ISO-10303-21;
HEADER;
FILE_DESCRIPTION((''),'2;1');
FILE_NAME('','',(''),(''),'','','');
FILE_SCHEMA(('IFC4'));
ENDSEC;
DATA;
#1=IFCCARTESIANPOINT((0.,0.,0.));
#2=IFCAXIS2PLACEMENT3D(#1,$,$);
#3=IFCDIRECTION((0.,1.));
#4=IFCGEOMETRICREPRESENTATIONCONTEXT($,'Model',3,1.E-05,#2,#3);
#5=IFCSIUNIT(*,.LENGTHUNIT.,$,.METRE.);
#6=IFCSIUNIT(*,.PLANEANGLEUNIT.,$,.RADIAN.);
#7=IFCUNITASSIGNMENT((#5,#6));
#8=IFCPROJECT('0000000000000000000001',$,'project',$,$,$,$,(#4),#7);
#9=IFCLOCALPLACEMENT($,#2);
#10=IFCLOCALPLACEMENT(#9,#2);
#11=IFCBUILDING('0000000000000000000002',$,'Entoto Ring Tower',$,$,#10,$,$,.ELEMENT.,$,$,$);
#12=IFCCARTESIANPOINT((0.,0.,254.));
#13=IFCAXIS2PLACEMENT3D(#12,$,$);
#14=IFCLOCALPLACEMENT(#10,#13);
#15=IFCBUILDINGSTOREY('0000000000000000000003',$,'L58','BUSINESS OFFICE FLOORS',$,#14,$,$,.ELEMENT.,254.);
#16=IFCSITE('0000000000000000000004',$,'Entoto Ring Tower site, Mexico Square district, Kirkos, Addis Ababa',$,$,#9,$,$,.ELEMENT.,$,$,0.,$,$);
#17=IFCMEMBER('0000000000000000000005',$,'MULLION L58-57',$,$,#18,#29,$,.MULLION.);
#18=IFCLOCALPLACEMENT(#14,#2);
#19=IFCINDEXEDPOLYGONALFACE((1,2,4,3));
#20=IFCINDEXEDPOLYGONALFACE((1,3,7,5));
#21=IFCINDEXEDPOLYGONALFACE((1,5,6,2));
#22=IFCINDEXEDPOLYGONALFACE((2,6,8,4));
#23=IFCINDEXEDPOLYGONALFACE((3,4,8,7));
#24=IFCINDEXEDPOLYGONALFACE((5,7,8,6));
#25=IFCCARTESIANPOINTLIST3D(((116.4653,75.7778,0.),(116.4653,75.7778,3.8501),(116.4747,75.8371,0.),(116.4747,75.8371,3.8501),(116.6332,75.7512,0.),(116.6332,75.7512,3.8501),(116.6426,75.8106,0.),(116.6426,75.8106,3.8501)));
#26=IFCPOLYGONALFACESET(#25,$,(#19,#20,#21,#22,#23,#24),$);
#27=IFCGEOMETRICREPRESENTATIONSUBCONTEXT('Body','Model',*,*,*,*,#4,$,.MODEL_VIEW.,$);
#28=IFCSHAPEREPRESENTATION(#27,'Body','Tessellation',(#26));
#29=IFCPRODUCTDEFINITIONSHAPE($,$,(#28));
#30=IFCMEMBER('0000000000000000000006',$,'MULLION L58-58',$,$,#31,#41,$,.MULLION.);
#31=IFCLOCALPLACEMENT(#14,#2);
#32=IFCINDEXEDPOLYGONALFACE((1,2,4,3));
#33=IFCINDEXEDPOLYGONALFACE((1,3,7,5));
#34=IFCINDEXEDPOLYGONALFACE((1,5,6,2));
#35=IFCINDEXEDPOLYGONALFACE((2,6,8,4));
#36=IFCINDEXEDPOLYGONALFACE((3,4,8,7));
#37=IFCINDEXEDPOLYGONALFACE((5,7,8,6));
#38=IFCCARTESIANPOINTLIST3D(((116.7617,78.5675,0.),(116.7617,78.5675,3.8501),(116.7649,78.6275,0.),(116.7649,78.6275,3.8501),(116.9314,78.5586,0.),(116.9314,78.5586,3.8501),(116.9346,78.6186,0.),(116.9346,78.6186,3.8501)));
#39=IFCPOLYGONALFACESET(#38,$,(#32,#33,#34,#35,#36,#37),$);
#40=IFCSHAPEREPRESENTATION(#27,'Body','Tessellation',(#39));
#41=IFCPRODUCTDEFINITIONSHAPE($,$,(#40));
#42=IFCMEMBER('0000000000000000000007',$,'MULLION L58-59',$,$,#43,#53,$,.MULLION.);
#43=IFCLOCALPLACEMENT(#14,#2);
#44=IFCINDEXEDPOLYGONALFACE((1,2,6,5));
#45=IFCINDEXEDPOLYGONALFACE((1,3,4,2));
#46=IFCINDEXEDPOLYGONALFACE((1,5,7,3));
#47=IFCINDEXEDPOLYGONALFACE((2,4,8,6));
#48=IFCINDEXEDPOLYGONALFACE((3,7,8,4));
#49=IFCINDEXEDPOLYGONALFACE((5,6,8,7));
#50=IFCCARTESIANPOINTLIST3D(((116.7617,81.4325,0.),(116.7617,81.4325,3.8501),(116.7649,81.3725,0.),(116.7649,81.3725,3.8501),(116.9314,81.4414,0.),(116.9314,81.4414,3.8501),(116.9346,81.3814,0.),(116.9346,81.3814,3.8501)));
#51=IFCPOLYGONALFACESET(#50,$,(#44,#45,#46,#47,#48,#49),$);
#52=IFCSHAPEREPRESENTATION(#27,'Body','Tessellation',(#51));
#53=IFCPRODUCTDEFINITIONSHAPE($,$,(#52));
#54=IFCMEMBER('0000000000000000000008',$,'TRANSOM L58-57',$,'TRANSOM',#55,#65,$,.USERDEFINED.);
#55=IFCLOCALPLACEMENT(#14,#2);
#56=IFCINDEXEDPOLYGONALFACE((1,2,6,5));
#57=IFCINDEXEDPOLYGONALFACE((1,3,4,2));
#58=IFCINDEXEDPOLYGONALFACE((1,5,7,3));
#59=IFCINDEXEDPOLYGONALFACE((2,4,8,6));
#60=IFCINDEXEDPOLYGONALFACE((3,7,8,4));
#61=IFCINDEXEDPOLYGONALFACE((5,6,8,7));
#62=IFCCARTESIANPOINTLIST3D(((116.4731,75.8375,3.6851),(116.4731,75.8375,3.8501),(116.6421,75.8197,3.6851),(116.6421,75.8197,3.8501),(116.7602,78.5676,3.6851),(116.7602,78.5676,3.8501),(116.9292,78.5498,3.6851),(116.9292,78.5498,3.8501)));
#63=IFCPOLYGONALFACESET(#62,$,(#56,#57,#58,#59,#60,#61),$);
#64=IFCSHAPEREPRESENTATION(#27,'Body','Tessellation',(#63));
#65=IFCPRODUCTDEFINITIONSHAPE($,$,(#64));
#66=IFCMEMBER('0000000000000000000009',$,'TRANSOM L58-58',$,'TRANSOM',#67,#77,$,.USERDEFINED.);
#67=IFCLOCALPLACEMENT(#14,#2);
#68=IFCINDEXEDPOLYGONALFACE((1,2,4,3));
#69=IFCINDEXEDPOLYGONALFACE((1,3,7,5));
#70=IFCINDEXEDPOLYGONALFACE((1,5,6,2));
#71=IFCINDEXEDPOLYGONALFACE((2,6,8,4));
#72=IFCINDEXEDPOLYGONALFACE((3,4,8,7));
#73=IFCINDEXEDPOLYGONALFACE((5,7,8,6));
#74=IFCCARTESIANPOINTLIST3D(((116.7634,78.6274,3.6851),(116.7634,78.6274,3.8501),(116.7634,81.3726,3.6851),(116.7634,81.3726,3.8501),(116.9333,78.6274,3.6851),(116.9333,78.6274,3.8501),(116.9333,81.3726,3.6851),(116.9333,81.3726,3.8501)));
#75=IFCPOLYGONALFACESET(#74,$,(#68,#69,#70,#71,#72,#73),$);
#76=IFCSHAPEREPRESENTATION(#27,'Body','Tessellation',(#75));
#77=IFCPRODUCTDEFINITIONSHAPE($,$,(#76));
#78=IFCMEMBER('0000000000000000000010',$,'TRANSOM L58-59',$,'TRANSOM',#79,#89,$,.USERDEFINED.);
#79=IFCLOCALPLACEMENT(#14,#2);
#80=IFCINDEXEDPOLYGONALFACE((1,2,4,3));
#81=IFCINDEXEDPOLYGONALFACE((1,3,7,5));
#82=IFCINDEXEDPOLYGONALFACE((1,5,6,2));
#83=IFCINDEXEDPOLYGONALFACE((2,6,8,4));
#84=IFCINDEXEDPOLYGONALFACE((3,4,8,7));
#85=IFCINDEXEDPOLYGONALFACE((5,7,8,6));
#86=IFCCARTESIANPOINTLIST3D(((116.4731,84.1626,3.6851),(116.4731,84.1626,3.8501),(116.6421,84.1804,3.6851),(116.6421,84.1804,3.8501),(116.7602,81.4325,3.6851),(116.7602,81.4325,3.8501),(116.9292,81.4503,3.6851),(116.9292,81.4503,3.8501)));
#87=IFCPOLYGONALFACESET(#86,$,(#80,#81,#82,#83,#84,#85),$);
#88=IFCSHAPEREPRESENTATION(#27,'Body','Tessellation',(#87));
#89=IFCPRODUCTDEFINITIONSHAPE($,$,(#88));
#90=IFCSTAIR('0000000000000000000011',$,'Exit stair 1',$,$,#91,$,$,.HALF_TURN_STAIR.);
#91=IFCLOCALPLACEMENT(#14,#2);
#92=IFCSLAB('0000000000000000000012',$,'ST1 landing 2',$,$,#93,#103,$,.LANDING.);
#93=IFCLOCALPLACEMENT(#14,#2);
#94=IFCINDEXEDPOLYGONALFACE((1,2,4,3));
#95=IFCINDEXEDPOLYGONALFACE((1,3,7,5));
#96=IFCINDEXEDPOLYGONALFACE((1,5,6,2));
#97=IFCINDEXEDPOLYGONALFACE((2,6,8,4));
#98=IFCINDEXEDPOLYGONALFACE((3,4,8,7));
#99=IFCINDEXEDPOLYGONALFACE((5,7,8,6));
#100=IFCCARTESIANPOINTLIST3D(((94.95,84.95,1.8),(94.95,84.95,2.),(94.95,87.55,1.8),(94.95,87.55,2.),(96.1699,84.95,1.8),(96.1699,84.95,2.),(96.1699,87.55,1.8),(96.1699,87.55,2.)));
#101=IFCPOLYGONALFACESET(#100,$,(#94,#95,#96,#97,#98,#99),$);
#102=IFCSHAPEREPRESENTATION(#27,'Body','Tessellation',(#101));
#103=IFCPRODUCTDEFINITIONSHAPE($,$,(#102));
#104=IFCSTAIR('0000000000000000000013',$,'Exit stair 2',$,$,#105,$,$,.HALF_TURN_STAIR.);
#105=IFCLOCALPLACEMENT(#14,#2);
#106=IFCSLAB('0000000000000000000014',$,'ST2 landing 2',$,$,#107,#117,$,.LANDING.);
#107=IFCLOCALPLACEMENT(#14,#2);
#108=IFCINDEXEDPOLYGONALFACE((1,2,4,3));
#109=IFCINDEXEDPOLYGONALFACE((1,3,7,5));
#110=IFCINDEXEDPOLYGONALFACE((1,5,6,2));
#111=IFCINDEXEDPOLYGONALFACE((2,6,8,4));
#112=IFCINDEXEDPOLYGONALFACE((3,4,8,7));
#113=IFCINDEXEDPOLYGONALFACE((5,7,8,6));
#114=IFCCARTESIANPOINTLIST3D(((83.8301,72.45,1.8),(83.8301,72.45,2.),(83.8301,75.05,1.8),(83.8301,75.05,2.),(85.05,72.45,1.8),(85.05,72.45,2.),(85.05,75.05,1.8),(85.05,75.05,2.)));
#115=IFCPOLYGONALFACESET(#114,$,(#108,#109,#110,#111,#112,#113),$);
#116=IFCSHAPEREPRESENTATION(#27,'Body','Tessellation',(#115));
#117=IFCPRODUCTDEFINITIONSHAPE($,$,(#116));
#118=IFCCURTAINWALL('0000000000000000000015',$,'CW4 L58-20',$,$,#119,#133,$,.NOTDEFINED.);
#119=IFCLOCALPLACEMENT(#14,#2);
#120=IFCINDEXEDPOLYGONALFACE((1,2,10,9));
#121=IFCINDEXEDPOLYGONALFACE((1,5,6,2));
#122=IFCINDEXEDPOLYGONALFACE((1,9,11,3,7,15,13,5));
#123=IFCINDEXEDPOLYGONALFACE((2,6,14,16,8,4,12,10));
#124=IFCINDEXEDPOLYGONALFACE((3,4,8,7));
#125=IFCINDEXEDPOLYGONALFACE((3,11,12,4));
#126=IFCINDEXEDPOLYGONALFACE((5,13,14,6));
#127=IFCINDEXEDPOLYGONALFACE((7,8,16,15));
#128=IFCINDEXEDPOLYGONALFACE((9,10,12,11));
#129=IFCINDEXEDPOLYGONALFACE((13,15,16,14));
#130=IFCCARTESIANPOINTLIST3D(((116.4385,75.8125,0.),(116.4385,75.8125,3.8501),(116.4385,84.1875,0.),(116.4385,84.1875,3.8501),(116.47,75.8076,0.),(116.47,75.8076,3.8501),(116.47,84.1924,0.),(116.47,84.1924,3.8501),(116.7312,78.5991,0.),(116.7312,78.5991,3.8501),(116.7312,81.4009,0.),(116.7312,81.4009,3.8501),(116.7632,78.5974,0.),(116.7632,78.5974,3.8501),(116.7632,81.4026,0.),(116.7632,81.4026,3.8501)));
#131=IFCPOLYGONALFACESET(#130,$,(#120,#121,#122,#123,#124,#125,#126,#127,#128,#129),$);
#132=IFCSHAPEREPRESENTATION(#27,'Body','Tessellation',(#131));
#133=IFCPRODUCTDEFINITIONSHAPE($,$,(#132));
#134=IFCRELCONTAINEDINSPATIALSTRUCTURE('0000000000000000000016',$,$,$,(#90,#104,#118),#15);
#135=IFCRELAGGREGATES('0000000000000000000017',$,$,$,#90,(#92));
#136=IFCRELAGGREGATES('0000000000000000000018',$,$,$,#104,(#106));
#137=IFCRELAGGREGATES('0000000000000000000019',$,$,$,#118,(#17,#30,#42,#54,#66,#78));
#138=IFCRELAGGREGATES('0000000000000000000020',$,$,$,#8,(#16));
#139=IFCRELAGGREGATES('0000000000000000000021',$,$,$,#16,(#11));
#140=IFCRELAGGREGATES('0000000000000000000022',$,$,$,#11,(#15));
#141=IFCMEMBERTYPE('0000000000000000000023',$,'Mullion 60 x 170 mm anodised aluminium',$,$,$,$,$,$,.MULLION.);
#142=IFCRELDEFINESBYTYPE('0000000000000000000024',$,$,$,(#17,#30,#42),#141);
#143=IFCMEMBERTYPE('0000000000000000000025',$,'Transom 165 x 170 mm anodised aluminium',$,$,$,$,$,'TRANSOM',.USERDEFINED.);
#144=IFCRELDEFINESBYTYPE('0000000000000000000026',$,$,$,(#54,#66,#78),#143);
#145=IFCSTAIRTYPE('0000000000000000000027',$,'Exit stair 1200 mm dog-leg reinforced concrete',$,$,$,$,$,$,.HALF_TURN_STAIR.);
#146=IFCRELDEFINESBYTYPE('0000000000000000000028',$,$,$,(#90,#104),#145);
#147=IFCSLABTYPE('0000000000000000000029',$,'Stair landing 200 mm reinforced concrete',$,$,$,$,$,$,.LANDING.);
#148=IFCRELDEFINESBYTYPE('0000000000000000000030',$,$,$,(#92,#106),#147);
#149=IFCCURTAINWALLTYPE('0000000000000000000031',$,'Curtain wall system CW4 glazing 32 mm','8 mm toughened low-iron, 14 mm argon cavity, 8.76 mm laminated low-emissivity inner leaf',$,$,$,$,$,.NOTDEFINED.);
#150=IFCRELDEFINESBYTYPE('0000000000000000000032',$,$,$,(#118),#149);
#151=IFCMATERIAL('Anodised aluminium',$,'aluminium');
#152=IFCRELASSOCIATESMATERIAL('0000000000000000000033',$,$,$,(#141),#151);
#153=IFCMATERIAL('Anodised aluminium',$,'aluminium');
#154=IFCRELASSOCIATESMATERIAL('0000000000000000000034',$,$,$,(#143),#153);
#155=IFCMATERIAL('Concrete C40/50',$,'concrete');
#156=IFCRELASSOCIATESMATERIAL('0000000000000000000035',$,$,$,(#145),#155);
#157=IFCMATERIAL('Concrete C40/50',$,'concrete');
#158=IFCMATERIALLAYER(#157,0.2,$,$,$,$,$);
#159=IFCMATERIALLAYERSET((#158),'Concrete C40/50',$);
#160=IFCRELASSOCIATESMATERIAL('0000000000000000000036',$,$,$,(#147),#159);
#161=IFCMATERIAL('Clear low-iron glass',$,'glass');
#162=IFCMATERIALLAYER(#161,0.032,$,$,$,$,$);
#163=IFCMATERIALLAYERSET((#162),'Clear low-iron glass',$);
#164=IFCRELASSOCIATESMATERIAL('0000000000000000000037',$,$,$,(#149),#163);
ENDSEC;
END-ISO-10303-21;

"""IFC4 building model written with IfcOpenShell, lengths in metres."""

from ifc_helpers import new_model, si_unit, direction, frame, origin, origin_2d, place, context, subcontext, project, spatial, polyline, rectangle, outline, extrude, material, layer, layer_set, material_profile, profile_set, type_object, element, aggregate, save


model = new_model("IFC4")

# Units and contexts
model_context = context("Model", 3, precision=1e-05, world=origin(), true_north=direction((0.0, 1.0)))
body_context = subcontext(model_context, "Body", "Model", "MODEL_VIEW")
ifc_project = project(units=[si_unit("LENGTHUNIT", "METRE"), si_unit("PLANEANGLEUNIT", "RADIAN")], contexts=[model_context])

# Members
ifc_material_1 = material(Name="Anodised aluminium", Category="aluminium")
ifc_material_profile_1 = material_profile(ifc_material_1, rectangle(XDim=0.0601, YDim=0.1699, at=origin_2d()), Name="Mullion 60 x 170 mm anodised aluminium")
ifc_profile_set_1 = profile_set([ifc_material_profile_1], Name="Anodised aluminium")
member_type_1 = type_object("IfcMemberType", Name="Mullion 60 x 170 mm anodised aluminium", PredefinedType="MULLION", material=ifc_profile_set_1)
site_placement = place(None, origin())
building_placement = place(site_placement, origin())
storey_placement = place(building_placement, frame((0.0, 0.0, 254.0)))
member_1_placement = place(storey_placement, frame((116.554, 75.7942, 0.0), z_axis=(0.0, 0.0, 1.0), x_axis=(0.156434, 0.987688, 0.0)))
member_1 = element("IfcMember", 1, at=member_1_placement, type_object=member_type_1, Name="MULLION L58-57", PredefinedType="MULLION", context=body_context, shape_type="SweptSolid", body=[
    extrude(rectangle(XDim=0.0601, YDim=0.1699, at=origin_2d()), origin(), (0.0, 0.0, 1.0), 3.8501),
])
member_2_placement = place(storey_placement, frame((116.8481, 78.593, 0.0), z_axis=(0.0, 0.0, 1.0), x_axis=(0.052336, 0.99863, 0.0)))
member_2 = element("IfcMember", 2, at=member_2_placement, type_object=member_type_1, Name="MULLION L58-58", PredefinedType="MULLION", context=body_context, shape_type="SweptSolid", body=[
    extrude(rectangle(XDim=0.0601, YDim=0.1699, at=origin_2d()), origin(), (0.0, 0.0, 1.0), 3.8501),
])
member_3_placement = place(storey_placement, frame((116.8481, 81.407, 0.0), z_axis=(0.0, 0.0, 1.0), x_axis=(-0.052336, 0.99863, 0.0)))
member_3 = element("IfcMember", 3, at=member_3_placement, type_object=member_type_1, Name="MULLION L58-59", PredefinedType="MULLION", context=body_context, shape_type="SweptSolid", body=[
    extrude(rectangle(XDim=0.0601, YDim=0.1699, at=origin_2d()), origin(), (0.0, 0.0, 1.0), 3.8501),
])
ifc_material_2 = material(Name="Anodised aluminium", Category="aluminium")
ifc_material_profile_2 = material_profile(ifc_material_2, rectangle(XDim=0.1699, YDim=0.165, at=origin_2d()), Name="Transom 165 x 170 mm anodised aluminium")
ifc_profile_set_2 = profile_set([ifc_material_profile_2], Name="Anodised aluminium")
member_type_2 = type_object("IfcMemberType", Name="Transom 165 x 170 mm anodised aluminium", ElementType="TRANSOM", PredefinedType="USERDEFINED", material=ifc_profile_set_2)
member_4_placement = place(storey_placement, frame((116.5576, 75.8286, 3.7676), z_axis=(0.104592, 0.994515, 0.0), x_axis=(-0.994515, 0.104592, 0.0)))
member_4 = element("IfcMember", 4, at=member_4_placement, type_object=member_type_2, Name="TRANSOM L58-57", ObjectType="TRANSOM", PredefinedType="USERDEFINED", context=body_context, shape_type="SweptSolid", body=[
    extrude(rectangle(XDim=0.1699, YDim=0.165, at=origin_2d()), origin(), (0.0, 0.0, 1.0), 2.7451),
])
member_5_placement = place(storey_placement, frame((116.8484, 78.6274, 3.7676), z_axis=(0.0, 1.0, 0.0), x_axis=(-1.0, 0.0, 0.0)))
member_5 = element("IfcMember", 5, at=member_5_placement, type_object=member_type_2, Name="TRANSOM L58-58", ObjectType="TRANSOM", PredefinedType="USERDEFINED", context=body_context, shape_type="SweptSolid", body=[
    extrude(rectangle(XDim=0.1699, YDim=0.165, at=origin_2d()), origin(), (0.0, 0.0, 1.0), 2.7451),
])
member_6_placement = place(storey_placement, frame((116.8447, 81.4414, 3.7676), z_axis=(-0.104592, 0.994515, 0.0), x_axis=(-0.994515, -0.104592, 0.0)))
member_6 = element("IfcMember", 6, at=member_6_placement, type_object=member_type_2, Name="TRANSOM L58-59", ObjectType="TRANSOM", PredefinedType="USERDEFINED", context=body_context, shape_type="SweptSolid", body=[
    extrude(rectangle(XDim=0.1699, YDim=0.165, at=origin_2d()), origin(), (0.0, 0.0, 1.0), 2.7451),
])

# Site, building, storey
site = spatial("IfcSite", under=ifc_project, at=site_placement, Name="Entoto Ring Tower site, Mexico Square district, Kirkos, Addis Ababa", CompositionType="ELEMENT", RefElevation=0.0)
building = spatial("IfcBuilding", under=site, at=building_placement, Name="Entoto Ring Tower", CompositionType="ELEMENT")
storey = spatial("IfcBuildingStorey", under=building, at=storey_placement, Name="L58", Description="BUSINESS OFFICE FLOORS", CompositionType="ELEMENT", Elevation=254.0)

# Stairs, slabs
ifc_material_3 = material(Name="Concrete C40/50", Category="concrete")
stair_type = type_object("IfcStairType", Name="Exit stair 1200 mm dog-leg reinforced concrete", PredefinedType="HALF_TURN_STAIR", material=ifc_material_3)
stair_1_placement = place(storey_placement, origin())
stair_1 = element("IfcStair", 7, at=stair_1_placement, inside=storey, type_object=stair_type, Name="Exit stair 1", PredefinedType="HALF_TURN_STAIR")
ifc_material_4 = material(Name="Concrete C40/50", Category="concrete")
ifc_layer_1 = layer(ifc_material_4, 0.2)
ifc_layer_set_1 = layer_set([ifc_layer_1], Name="Concrete C40/50")
slab_type = type_object("IfcSlabType", Name="Stair landing 200 mm reinforced concrete", PredefinedType="LANDING", material=ifc_layer_set_1)
slab_1_placement = place(storey_placement, frame((0.0, 0.0, 1.8)))
slab_1 = element("IfcSlab", 8, at=slab_1_placement, type_object=slab_type, Name="ST1 landing 2", PredefinedType="LANDING", context=body_context, shape_type="SweptSolid", body=[
    extrude(outline(polyline([(94.95, 84.95), (96.1699, 84.95), (96.1699, 87.55), (94.95, 87.55), (94.95, 84.95)])), origin(), (0.0, 0.0, 1.0), 0.2),
])
aggregate(stair_1, [slab_1])
stair_2_placement = place(storey_placement, origin())
stair_2 = element("IfcStair", 9, at=stair_2_placement, inside=storey, type_object=stair_type, Name="Exit stair 2", PredefinedType="HALF_TURN_STAIR")
slab_2_placement = place(storey_placement, frame((0.0, 0.0, 1.8)))
slab_2 = element("IfcSlab", 10, at=slab_2_placement, type_object=slab_type, Name="ST2 landing 2", PredefinedType="LANDING", context=body_context, shape_type="SweptSolid", body=[
    extrude(outline(polyline([(83.8301, 72.45), (85.05, 72.45), (85.05, 75.05), (83.8301, 75.05), (83.8301, 72.45)])), origin(), (0.0, 0.0, 1.0), 0.2),
])
aggregate(stair_2, [slab_2])

# Curtain wall
ifc_material_5 = material(Name="Clear low-iron glass", Category="glass")
ifc_layer_2 = layer(ifc_material_5, 0.032)
ifc_layer_set_2 = layer_set([ifc_layer_2], Name="Clear low-iron glass")
curtain_wall_type = type_object("IfcCurtainWallType", Name="Curtain wall system CW4 glazing 32 mm", Description="8 mm toughened low-iron, 14 mm argon cavity, 8.76 mm laminated low-emissivity inner leaf", PredefinedType="NOTDEFINED", material=ifc_layer_set_2)
curtain_wall_1_placement = place(storey_placement, origin())
curtain_wall_1 = element("IfcCurtainWall", 11, at=curtain_wall_1_placement, inside=storey, type_object=curtain_wall_type, Name="CW4 L58-20", PredefinedType="NOTDEFINED", context=body_context, shape_type="SweptSolid", body=[
    extrude(outline(polyline([(116.47, 75.8076), (116.7632, 78.5974), (116.7632, 81.4026), (116.47, 84.1924), (116.4385, 84.1875), (116.7312, 81.4009), (116.7312, 78.5991), (116.4385, 75.8125), (116.47, 75.8076)])), origin(), (0.0, 0.0, 1.0), 3.8501),
])
aggregate(curtain_wall_1, [member_1, member_2, member_3, member_4, member_5, member_6])

save(model, "model.ifc")
